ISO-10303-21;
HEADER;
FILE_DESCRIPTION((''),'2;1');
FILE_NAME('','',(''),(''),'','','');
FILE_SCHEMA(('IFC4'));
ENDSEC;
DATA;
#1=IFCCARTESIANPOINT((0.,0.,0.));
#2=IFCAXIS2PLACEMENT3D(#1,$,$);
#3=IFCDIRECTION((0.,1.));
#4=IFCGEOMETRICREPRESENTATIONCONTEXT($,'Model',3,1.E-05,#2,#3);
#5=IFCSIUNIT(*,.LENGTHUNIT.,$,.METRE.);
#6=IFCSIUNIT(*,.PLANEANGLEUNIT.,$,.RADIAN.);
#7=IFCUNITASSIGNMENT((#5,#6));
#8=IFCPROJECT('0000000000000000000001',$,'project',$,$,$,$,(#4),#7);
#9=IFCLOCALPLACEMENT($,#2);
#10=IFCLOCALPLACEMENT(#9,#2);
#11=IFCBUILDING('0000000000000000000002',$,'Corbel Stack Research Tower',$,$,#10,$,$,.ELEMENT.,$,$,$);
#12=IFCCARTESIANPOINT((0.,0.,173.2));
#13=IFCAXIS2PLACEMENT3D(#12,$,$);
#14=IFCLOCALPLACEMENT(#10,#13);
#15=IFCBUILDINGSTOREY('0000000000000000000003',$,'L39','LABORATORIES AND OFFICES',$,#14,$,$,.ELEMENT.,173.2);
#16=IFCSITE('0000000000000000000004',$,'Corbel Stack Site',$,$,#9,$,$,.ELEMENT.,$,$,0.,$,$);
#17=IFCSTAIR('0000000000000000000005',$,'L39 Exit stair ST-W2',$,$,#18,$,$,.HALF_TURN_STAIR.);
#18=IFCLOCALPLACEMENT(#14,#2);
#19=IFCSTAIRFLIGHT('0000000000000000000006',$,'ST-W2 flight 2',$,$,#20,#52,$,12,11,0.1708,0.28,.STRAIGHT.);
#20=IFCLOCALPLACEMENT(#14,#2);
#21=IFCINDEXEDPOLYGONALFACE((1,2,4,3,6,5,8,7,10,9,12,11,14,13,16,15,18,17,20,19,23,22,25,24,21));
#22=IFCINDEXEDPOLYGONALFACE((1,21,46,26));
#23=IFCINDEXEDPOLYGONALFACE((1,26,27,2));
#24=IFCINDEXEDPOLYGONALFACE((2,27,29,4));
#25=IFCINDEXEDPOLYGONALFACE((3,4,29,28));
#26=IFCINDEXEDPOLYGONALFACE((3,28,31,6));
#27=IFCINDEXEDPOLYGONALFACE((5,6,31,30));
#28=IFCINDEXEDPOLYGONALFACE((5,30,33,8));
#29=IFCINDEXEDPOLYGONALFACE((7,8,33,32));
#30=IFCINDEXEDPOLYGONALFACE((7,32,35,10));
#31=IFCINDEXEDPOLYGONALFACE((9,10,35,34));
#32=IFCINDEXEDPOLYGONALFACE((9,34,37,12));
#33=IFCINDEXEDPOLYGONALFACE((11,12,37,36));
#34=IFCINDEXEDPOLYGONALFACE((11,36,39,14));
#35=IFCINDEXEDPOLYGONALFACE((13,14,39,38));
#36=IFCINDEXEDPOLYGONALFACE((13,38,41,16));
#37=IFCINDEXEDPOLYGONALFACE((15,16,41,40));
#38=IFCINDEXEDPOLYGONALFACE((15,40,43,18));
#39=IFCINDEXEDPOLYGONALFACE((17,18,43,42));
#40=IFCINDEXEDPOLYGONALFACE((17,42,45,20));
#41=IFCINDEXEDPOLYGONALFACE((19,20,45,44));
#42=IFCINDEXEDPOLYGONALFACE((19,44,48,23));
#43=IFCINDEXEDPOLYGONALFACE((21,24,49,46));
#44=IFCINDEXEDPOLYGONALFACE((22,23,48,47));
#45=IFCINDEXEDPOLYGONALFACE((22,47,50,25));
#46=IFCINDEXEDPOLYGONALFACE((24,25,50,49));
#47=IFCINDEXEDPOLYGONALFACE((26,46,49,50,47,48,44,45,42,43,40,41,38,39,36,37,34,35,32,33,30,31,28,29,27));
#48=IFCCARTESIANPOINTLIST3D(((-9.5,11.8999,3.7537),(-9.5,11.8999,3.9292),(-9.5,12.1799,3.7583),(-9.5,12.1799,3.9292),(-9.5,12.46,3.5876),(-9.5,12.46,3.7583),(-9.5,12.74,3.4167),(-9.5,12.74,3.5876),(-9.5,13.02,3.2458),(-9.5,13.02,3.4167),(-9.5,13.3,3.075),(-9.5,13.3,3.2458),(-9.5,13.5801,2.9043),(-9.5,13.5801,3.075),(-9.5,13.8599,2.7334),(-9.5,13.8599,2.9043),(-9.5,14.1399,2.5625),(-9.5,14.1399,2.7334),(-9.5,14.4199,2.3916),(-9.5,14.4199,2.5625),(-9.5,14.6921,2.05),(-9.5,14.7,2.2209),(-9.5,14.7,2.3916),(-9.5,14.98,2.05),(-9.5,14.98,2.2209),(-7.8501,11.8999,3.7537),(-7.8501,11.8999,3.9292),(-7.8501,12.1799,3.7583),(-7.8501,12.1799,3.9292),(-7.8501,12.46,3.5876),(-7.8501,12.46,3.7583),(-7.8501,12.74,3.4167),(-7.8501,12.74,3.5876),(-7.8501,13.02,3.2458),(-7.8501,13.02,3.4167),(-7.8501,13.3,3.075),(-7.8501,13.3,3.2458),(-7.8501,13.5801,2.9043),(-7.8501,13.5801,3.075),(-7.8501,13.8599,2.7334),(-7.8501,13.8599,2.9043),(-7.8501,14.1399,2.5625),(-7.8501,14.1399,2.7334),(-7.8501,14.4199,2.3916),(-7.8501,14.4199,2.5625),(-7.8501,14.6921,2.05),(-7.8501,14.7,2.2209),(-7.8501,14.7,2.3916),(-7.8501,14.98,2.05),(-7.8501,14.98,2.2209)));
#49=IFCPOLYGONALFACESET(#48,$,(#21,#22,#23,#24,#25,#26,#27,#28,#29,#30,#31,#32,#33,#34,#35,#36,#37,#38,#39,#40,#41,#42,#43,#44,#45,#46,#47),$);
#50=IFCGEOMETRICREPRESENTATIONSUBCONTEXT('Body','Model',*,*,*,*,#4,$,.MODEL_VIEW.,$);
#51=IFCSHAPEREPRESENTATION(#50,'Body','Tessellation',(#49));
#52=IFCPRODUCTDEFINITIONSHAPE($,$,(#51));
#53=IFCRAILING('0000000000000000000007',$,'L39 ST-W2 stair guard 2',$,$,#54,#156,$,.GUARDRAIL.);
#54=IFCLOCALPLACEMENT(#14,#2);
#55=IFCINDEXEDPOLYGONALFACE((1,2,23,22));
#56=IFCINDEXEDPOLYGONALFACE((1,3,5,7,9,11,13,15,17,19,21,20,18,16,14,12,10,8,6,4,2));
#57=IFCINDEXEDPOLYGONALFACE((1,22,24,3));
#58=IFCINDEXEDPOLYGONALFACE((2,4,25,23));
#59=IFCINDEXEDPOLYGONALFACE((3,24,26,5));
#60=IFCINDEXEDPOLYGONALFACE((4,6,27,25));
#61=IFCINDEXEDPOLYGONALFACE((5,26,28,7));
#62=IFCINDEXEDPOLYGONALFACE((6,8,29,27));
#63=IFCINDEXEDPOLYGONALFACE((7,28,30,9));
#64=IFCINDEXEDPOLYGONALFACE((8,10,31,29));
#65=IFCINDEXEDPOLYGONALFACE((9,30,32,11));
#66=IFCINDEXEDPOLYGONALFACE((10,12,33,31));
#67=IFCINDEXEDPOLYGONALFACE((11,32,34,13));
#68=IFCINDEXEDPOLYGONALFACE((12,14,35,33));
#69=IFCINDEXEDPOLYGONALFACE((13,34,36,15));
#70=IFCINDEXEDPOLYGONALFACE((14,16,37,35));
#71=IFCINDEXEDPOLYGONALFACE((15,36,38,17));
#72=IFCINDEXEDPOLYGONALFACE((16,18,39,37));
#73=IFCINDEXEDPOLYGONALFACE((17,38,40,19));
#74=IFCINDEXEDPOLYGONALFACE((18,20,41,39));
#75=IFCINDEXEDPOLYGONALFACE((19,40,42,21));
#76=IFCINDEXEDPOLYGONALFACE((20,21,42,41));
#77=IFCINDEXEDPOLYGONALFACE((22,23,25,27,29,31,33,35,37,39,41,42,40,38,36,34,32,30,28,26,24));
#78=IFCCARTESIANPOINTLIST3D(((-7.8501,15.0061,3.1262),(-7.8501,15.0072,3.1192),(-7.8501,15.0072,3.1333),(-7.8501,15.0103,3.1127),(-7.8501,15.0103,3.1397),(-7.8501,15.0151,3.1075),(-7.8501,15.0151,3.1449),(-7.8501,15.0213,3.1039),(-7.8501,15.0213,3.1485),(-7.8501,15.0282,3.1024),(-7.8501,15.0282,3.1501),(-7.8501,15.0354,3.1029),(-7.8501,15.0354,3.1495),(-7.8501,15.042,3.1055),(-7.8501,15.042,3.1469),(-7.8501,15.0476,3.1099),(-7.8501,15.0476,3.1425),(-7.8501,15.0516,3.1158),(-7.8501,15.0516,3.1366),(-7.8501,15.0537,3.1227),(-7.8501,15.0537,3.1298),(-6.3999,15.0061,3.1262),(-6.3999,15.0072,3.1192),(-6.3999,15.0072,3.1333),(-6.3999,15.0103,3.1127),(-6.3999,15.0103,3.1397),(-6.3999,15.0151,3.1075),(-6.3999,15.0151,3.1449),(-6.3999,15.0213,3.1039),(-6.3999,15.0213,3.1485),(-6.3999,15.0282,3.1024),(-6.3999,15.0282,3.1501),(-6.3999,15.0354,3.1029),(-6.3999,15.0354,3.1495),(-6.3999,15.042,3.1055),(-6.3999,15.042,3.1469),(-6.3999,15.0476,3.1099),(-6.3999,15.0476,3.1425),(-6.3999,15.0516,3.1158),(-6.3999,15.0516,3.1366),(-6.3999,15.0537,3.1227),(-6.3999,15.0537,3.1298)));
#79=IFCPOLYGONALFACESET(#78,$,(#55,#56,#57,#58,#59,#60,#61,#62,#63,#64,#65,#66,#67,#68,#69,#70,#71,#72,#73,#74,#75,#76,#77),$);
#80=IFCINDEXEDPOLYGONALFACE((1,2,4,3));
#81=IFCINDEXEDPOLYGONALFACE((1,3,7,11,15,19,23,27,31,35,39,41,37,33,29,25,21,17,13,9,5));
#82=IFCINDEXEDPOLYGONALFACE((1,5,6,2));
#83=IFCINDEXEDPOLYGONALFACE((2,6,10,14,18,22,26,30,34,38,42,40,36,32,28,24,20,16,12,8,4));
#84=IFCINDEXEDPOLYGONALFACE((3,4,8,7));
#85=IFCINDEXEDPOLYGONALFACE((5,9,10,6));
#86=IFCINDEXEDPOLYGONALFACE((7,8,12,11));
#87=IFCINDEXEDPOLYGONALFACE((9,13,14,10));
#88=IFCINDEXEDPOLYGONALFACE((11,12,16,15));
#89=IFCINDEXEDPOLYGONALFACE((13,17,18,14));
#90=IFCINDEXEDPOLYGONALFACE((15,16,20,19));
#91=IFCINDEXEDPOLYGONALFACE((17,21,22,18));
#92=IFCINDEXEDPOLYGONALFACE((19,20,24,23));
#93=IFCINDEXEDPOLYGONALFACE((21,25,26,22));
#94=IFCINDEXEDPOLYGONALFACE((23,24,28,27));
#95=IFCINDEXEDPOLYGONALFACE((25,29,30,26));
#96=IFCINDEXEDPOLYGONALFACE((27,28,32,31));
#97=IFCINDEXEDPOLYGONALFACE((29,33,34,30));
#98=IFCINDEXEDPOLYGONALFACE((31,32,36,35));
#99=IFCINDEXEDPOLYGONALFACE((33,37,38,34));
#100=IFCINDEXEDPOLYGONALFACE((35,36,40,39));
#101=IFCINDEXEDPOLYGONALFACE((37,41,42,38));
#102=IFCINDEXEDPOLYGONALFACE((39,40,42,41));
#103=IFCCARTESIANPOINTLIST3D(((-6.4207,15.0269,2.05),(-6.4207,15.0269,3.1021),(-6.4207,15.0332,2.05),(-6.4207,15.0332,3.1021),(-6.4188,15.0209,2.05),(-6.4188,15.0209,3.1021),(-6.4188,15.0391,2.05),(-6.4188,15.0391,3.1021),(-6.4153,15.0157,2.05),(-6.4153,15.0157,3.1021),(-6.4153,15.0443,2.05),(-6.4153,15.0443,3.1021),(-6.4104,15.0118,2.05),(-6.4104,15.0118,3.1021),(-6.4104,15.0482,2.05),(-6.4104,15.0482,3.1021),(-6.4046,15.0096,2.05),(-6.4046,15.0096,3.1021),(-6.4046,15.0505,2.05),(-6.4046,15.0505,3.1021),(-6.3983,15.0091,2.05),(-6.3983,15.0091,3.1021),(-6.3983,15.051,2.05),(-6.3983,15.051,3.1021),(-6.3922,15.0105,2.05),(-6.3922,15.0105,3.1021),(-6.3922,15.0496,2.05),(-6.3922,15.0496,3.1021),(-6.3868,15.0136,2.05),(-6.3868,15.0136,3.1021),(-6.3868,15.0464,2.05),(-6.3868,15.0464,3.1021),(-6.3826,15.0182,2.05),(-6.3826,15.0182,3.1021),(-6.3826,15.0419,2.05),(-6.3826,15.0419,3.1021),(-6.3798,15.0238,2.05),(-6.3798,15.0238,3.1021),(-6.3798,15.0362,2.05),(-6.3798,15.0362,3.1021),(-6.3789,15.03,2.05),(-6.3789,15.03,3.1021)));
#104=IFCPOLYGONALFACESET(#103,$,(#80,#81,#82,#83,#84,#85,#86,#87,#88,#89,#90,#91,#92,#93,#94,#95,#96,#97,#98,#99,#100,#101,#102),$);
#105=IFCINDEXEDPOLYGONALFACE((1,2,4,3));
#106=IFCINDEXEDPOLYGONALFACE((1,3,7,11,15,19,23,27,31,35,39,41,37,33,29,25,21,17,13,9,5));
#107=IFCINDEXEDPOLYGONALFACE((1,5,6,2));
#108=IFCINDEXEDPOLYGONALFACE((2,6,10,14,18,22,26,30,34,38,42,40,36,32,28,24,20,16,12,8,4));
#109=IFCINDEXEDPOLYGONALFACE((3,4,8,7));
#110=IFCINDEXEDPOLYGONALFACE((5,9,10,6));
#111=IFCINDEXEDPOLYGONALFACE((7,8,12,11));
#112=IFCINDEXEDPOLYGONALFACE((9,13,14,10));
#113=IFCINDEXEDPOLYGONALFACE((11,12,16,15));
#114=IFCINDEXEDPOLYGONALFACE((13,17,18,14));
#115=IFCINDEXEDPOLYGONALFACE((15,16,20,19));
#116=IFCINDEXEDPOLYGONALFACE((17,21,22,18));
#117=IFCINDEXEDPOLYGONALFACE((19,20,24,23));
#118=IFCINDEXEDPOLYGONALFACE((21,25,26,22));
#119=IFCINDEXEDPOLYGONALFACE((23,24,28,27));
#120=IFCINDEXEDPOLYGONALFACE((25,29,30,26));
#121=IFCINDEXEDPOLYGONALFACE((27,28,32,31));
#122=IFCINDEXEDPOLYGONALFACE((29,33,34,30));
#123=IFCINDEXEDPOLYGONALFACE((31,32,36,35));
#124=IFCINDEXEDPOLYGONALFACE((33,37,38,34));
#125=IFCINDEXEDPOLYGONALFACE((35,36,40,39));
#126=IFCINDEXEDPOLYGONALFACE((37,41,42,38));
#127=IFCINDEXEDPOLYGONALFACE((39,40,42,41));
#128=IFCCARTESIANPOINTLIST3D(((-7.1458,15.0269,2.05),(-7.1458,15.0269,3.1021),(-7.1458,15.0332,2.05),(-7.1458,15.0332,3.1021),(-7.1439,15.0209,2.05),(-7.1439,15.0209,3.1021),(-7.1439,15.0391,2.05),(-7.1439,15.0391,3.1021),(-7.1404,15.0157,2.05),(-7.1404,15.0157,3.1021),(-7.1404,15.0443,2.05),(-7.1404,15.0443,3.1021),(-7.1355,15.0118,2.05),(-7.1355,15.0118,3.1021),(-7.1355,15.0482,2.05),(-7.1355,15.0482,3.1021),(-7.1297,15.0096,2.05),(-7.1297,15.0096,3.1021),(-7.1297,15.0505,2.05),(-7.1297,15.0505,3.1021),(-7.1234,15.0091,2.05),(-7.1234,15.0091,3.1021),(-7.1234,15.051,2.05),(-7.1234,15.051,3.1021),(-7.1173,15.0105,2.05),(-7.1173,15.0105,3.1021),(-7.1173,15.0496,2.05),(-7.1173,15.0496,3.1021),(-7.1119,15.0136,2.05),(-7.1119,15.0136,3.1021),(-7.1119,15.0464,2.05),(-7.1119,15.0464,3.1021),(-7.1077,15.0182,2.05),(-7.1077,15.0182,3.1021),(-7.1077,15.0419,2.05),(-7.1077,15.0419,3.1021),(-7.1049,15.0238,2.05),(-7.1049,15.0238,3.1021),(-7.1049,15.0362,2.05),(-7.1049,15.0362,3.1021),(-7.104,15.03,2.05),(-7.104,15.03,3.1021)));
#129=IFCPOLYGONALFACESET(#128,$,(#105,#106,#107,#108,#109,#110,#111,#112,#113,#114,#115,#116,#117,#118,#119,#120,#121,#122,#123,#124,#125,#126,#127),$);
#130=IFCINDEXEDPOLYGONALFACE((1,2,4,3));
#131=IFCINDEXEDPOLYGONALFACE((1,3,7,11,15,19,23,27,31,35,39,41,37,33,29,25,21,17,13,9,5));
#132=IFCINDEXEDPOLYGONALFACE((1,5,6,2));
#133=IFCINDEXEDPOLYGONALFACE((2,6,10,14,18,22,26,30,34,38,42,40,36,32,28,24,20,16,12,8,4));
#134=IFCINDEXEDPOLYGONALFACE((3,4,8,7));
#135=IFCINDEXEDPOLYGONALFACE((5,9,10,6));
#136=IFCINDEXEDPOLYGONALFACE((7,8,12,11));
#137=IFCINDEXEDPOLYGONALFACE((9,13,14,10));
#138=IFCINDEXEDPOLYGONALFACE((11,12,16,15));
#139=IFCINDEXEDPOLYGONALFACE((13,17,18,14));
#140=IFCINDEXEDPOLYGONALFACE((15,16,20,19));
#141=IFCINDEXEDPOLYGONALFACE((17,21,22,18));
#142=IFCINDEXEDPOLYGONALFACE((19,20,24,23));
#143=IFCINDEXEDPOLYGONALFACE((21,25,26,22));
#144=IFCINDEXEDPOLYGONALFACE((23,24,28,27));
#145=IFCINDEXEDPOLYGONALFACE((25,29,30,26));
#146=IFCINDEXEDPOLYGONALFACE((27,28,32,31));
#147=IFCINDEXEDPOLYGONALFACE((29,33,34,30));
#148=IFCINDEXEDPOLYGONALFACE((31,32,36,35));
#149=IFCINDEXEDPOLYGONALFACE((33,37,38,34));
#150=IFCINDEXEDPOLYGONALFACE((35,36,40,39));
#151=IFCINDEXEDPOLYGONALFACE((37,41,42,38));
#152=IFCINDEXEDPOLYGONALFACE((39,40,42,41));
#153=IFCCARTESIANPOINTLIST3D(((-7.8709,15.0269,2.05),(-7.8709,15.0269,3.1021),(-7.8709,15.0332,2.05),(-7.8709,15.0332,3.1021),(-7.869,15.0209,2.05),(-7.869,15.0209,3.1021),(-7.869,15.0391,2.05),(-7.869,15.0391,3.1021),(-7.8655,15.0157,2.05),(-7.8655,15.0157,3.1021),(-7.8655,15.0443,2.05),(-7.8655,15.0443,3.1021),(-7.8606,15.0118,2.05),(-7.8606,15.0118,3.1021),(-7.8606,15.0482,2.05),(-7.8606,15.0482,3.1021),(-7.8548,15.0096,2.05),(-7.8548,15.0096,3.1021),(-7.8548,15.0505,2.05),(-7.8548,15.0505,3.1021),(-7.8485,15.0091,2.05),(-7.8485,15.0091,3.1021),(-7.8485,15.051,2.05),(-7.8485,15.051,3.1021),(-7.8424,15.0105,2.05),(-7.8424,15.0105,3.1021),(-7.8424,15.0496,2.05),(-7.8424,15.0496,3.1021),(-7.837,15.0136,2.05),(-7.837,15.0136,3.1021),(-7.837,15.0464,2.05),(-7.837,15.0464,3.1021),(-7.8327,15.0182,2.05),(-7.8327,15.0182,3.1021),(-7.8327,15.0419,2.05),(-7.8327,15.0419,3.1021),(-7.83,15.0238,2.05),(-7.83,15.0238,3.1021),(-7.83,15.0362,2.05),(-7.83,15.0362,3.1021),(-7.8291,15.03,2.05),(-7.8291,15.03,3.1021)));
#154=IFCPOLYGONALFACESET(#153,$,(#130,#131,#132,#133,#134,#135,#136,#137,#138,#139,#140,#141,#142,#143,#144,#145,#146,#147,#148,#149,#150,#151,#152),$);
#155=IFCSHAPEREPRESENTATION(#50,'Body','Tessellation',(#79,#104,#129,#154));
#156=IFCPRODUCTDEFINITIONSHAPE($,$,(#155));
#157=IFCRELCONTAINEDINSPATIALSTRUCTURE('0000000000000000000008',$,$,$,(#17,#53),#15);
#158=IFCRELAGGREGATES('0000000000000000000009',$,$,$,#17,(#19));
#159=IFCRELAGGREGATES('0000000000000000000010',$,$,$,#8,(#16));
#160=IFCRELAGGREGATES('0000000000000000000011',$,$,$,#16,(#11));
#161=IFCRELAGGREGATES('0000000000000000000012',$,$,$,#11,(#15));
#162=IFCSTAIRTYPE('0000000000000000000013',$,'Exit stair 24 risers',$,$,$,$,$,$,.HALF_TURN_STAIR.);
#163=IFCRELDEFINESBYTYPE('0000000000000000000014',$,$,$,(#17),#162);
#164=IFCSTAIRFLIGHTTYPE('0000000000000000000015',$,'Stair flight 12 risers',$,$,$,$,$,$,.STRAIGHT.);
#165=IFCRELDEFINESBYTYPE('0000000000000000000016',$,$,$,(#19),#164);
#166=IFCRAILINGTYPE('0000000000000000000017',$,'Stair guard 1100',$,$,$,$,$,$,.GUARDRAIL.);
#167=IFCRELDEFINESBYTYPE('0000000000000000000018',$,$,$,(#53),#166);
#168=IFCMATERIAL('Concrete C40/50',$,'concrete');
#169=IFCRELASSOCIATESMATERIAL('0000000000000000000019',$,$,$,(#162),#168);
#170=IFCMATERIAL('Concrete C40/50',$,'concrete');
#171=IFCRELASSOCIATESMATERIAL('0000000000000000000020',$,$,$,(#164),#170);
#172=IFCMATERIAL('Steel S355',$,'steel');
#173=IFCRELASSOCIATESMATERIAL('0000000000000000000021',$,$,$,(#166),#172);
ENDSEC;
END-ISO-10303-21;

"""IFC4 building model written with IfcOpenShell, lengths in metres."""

from ifc_helpers import new_model, si_unit, direction, frame, origin, origin_2d, place, context, subcontext, project, spatial, polyline, circle, outline, extrude, material, type_object, element, aggregate, save


model = new_model("IFC4")

# Units and contexts
model_context = context("Model", 3, precision=1e-05, world=origin(), true_north=direction((0.0, 1.0)))
body_context = subcontext(model_context, "Body", "Model", "MODEL_VIEW")
ifc_project = project(units=[si_unit("LENGTHUNIT", "METRE"), si_unit("PLANEANGLEUNIT", "RADIAN")], contexts=[model_context])

# Site, building, storey
site_placement = place(None, origin())
site = spatial("IfcSite", under=ifc_project, at=site_placement, Name="Corbel Stack Site", CompositionType="ELEMENT", RefElevation=0.0)
building_placement = place(site_placement, origin())
building = spatial("IfcBuilding", under=site, at=building_placement, Name="Corbel Stack Research Tower", CompositionType="ELEMENT")
storey_placement = place(building_placement, frame((0.0, 0.0, 173.2)))
storey = spatial("IfcBuildingStorey", under=building, at=storey_placement, Name="L39", Description="LABORATORIES AND OFFICES", CompositionType="ELEMENT", Elevation=173.2)

# Stair, stair flight
ifc_material_1 = material(Name="Concrete C40/50", Category="concrete")
stair_type = type_object("IfcStairType", Name="Exit stair 24 risers", PredefinedType="HALF_TURN_STAIR", material=ifc_material_1)
stair_placement = place(storey_placement, origin())
stair = element("IfcStair", 1, at=stair_placement, inside=storey, type_object=stair_type, Name="L39 Exit stair ST-W2", PredefinedType="HALF_TURN_STAIR")
ifc_material_2 = material(Name="Concrete C40/50", Category="concrete")
stair_flight_type = type_object("IfcStairFlightType", Name="Stair flight 12 risers", PredefinedType="STRAIGHT", material=ifc_material_2)
stair_flight_placement = place(storey_placement, frame((-8.675, 14.98, 2.05), z_axis=(0.0, 0.0, 1.0), x_axis=(0.0, -1.0, 0.0)))
stair_flight = element("IfcStairFlight", 2, at=stair_flight_placement, type_object=stair_flight_type, Name="ST-W2 flight 2", NumberOfRisers=12, NumberOfTreads=11, PredefinedType="STRAIGHT", RiserHeight=0.1708, TreadLength=0.28, context=body_context, shape_type="SweptSolid", body=[
    extrude(outline(polyline([(0.0, 0.0), (0.0, 0.1709), (0.28, 0.1709), (0.28, 0.3416), (0.5601, 0.3416), (0.5601, 0.5125), (0.8401, 0.5125), (0.8401, 0.6833), (1.1201, 0.6833), (1.1201, 0.8542), (1.3999, 0.8542), (1.3999, 1.0249), (1.6799, 1.0249), (1.6799, 1.1958), (1.96, 1.1958), (1.96, 1.3667), (2.24, 1.3667), (2.24, 1.5376), (2.52, 1.5376), (2.52, 1.7083), (2.8, 1.7083), (2.8, 1.8792), (3.0801, 1.8792), (3.0801, 2.05), (3.0801, 1.7036), (0.2878, 0.0), (0.0, 0.0)])), frame((0.0, 0.825, 0.0), z_axis=(0.0, -1.0, 0.0), x_axis=(1.0, 0.0, 0.0)), (0.0, 0.0, 1.0), 1.6499),
])
aggregate(stair, [stair_flight])

# Railing
ifc_material_3 = material(Name="Steel S355", Category="steel")
railing_type_1 = type_object("IfcRailingType", Name="Stair guard 1100", PredefinedType="GUARDRAIL", material=ifc_material_3)
railing_1_placement = place(storey_placement, frame((-6.3999, 15.03, 2.05)))
element("IfcRailing", 3, at=railing_1_placement, inside=storey, type_object=railing_type_1, Name="L39 ST-W2 stair guard 2", PredefinedType="GUARDRAIL", context=body_context, shape_type="SweptSolid", body=[
    extrude(circle(Radius=0.0239, at=origin_2d()), frame((0.0, 0.0, 1.0762), z_axis=(-1.0, 0.0, 0.0), x_axis=(0.0, -1.0, 0.0)), (0.0, 0.0, 1.0), 1.4502),
    extrude(circle(Radius=0.021, at=origin_2d()), origin(), (0.0, 0.0, 1.0), 1.052),
    extrude(circle(Radius=0.021, at=origin_2d()), frame((-0.7251, 0.0, 0.0)), (0.0, 0.0, 1.0), 1.052),
    extrude(circle(Radius=0.021, at=origin_2d()), frame((-1.4502, 0.0, 0.0)), (0.0, 0.0, 1.0), 1.052),
])

save(model, "model.ifc")
